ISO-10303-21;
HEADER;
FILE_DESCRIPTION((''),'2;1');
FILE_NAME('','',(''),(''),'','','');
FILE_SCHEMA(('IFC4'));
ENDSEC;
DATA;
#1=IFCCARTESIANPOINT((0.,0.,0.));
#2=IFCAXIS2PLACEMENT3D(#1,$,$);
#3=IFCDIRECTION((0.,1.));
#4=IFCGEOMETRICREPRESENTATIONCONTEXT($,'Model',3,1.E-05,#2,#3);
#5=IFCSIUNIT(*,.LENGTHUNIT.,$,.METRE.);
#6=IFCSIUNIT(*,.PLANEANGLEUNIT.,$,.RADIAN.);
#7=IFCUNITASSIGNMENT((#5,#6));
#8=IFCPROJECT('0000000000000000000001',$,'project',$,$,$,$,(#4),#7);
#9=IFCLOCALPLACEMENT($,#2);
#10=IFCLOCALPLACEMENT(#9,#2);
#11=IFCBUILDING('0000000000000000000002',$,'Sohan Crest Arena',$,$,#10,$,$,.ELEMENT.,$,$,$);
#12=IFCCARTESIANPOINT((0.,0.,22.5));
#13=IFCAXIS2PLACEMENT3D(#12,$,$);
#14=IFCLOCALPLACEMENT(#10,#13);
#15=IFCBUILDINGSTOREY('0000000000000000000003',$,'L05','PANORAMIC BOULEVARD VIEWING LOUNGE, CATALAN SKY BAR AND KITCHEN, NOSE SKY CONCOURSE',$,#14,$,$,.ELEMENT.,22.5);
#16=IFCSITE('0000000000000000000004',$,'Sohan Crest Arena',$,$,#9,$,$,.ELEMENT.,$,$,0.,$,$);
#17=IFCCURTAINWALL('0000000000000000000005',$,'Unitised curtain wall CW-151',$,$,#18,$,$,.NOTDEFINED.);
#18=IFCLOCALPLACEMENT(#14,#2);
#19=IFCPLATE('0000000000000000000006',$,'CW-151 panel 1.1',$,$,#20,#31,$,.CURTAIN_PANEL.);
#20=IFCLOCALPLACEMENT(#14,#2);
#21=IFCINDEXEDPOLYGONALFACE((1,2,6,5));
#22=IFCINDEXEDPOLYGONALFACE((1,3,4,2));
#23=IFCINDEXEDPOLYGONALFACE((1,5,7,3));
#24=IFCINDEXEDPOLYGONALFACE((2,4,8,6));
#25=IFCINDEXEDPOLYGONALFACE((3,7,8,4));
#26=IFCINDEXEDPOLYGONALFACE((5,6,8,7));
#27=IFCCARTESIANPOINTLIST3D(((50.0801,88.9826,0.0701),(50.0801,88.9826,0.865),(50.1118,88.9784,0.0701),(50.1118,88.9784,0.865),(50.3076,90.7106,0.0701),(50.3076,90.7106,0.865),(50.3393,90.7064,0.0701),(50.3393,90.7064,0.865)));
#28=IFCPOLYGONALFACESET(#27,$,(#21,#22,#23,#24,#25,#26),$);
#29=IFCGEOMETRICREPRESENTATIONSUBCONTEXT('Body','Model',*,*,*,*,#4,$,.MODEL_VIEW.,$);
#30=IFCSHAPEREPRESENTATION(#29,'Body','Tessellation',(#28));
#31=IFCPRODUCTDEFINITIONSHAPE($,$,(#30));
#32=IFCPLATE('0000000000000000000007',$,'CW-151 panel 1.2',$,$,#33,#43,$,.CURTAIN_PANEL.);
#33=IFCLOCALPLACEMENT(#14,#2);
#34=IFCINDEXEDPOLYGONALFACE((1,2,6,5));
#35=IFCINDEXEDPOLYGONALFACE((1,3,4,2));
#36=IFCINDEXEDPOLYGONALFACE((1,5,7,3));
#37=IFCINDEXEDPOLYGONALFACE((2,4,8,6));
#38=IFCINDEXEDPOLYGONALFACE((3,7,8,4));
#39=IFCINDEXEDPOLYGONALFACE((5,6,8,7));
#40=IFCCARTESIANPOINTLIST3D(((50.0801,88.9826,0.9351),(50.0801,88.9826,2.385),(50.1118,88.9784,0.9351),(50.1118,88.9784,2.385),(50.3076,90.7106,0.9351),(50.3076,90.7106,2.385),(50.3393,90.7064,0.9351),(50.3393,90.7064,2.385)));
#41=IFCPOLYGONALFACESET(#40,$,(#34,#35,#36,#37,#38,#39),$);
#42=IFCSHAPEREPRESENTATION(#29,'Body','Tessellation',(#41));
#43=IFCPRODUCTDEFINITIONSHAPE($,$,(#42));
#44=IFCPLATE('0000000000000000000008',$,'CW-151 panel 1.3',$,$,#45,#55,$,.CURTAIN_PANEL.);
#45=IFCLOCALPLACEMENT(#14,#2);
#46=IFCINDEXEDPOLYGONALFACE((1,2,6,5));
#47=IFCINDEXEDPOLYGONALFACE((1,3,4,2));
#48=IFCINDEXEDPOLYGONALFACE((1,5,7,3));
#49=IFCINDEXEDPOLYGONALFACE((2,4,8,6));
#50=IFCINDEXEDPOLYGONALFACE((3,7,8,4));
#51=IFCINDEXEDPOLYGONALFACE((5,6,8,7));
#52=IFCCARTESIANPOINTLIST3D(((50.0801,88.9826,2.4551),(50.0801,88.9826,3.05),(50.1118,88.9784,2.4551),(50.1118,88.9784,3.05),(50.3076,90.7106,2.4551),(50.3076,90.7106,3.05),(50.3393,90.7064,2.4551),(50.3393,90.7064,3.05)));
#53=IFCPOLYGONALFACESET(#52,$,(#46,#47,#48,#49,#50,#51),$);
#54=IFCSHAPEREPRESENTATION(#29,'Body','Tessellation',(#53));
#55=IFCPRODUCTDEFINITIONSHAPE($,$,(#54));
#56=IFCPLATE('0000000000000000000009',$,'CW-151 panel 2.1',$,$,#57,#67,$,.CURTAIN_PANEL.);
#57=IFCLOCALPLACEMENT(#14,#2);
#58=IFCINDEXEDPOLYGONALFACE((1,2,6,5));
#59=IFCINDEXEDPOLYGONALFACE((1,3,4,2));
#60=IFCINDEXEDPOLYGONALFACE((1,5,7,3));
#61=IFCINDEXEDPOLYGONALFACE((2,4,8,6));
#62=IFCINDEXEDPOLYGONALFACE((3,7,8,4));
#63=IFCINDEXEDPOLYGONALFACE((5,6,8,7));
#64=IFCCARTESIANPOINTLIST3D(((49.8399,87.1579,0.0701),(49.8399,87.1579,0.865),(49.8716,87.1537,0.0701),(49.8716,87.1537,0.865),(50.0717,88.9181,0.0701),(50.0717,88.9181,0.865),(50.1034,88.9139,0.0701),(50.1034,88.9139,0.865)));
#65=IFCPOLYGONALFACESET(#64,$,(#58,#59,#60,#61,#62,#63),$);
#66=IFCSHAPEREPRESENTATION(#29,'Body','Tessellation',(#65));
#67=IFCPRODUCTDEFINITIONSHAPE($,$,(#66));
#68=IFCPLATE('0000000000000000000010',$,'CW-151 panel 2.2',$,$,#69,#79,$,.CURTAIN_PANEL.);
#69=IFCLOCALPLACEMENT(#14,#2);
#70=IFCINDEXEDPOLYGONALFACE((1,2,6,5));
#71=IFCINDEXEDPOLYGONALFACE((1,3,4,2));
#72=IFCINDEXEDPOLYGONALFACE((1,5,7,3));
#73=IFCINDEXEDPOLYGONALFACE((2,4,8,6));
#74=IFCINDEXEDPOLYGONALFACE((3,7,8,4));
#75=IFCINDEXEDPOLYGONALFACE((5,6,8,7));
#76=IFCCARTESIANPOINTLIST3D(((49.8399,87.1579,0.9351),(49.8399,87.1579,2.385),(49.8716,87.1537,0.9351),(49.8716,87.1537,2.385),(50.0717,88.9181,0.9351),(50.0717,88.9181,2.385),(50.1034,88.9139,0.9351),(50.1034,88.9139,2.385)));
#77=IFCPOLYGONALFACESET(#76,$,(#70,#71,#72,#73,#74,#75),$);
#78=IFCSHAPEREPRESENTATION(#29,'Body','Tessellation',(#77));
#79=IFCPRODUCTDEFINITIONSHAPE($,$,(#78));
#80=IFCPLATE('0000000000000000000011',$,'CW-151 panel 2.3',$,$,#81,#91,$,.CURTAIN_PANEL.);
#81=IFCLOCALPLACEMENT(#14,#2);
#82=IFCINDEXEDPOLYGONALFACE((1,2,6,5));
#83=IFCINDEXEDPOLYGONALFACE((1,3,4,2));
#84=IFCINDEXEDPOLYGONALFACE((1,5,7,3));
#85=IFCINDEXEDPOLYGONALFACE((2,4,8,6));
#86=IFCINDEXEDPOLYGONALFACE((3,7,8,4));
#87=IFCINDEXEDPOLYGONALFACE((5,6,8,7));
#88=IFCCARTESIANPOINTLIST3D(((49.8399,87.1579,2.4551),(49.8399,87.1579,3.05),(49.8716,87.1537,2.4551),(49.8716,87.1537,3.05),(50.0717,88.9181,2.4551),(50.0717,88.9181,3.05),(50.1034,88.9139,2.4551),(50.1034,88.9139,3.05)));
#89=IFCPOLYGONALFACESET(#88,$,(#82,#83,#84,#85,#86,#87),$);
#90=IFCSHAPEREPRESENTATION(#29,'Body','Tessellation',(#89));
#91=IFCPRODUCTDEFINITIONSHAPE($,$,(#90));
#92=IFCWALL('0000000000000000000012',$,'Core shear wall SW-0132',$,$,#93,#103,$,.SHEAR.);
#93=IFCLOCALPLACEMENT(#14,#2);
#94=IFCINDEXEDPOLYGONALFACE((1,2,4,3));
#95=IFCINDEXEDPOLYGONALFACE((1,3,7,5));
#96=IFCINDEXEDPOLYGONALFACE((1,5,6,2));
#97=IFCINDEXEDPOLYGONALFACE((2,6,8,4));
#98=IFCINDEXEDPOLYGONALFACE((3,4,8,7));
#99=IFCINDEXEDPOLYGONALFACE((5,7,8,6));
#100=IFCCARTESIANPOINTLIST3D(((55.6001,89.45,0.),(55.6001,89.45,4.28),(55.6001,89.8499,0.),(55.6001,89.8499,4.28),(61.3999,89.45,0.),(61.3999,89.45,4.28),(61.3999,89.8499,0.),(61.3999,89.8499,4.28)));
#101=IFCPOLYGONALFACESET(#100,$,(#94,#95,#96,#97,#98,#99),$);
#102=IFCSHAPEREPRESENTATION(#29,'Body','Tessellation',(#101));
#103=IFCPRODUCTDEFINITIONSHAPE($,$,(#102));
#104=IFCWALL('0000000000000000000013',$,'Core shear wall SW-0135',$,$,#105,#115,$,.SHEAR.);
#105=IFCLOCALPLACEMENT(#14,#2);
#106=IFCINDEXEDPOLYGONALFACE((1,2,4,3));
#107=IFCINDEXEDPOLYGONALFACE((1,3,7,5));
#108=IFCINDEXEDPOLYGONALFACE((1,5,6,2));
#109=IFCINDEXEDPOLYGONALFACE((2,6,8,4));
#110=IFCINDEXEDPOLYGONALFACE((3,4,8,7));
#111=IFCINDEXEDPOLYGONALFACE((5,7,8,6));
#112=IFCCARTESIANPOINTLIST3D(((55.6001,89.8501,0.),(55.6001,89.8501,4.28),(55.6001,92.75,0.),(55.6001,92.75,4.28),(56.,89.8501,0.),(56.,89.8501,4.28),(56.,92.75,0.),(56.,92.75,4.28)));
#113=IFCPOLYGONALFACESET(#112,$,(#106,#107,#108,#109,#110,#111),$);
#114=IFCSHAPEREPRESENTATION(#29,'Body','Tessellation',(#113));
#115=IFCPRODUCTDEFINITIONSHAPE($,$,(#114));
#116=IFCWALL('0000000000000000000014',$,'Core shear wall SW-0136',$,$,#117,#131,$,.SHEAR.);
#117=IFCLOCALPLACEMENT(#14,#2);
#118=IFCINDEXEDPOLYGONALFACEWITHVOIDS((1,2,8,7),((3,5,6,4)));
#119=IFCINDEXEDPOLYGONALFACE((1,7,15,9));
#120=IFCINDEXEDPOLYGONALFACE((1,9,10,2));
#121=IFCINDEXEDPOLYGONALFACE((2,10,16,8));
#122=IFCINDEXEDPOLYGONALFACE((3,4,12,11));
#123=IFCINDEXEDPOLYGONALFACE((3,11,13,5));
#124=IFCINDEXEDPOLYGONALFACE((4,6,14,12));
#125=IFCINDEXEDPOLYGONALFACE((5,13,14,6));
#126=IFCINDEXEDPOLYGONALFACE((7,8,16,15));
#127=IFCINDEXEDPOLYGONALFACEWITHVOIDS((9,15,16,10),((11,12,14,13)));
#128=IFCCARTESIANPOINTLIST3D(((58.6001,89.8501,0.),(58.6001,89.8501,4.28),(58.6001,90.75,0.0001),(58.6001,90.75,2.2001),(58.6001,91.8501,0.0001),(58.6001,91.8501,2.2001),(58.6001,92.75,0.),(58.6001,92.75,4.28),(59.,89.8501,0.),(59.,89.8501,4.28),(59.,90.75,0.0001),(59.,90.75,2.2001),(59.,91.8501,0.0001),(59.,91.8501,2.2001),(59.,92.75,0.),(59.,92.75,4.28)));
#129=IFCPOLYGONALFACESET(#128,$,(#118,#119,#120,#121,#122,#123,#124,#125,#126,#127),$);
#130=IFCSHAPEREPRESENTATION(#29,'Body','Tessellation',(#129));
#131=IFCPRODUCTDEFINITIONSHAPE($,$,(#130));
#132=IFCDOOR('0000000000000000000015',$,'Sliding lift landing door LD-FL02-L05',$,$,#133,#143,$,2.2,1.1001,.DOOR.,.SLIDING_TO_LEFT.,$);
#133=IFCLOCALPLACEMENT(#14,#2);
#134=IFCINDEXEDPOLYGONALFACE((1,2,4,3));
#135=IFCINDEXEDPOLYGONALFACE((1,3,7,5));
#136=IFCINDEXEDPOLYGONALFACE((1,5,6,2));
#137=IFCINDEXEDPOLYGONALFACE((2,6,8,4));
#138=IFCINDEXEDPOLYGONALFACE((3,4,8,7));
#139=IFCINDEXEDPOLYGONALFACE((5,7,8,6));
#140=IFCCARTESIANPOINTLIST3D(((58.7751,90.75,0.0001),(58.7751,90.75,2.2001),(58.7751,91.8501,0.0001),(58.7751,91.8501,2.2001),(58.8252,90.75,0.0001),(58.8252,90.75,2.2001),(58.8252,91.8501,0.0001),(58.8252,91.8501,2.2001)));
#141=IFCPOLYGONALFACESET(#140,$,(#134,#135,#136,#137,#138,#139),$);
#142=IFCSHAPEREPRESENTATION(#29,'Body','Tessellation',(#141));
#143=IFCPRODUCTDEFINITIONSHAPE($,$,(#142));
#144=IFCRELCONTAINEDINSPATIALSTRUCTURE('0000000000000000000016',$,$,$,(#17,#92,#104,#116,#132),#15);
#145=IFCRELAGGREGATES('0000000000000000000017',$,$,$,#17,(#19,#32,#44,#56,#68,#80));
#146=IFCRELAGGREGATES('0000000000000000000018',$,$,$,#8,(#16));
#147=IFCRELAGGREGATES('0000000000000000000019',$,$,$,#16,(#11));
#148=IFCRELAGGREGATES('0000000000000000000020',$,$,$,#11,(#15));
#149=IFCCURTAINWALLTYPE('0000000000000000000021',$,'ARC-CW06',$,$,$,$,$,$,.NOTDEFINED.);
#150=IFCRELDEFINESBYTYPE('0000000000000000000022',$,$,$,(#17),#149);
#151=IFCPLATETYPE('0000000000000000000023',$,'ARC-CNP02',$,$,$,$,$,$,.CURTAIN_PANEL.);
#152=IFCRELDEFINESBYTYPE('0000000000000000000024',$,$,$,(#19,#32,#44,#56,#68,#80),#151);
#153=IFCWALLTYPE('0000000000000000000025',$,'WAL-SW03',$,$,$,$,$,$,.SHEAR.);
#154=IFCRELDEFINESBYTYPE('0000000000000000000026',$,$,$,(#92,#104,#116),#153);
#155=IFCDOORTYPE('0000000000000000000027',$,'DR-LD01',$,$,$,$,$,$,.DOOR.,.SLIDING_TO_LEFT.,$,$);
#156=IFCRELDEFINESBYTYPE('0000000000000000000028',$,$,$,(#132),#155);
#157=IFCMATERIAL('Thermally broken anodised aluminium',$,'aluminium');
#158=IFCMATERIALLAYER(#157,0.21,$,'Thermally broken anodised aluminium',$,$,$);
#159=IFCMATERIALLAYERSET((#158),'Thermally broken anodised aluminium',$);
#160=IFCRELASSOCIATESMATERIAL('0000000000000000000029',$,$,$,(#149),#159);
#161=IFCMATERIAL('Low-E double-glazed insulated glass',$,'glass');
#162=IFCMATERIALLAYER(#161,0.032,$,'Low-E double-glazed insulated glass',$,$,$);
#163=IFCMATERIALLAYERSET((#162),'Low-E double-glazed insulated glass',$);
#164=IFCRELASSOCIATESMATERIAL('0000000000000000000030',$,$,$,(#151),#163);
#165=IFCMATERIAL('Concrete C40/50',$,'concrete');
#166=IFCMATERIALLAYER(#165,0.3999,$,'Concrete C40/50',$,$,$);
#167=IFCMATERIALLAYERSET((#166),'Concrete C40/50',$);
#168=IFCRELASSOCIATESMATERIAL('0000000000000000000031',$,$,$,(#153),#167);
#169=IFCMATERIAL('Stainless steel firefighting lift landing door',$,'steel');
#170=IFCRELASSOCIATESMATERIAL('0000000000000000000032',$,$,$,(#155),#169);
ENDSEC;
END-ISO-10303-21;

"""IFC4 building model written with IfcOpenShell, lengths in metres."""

from ifc_helpers import new_model, si_unit, direction, frame, frame_2d, origin, origin_2d, place, context, subcontext, project, spatial, rectangle, extrude, material, layer, layer_set, type_object, element, fill, aggregate, save


model = new_model("IFC4")

# Units and contexts
model_context = context("Model", 3, precision=1e-05, world=origin(), true_north=direction((0.0, 1.0)))
body_context = subcontext(model_context, "Body", "Model", "MODEL_VIEW")
ifc_project = project(units=[si_unit("LENGTHUNIT", "METRE"), si_unit("PLANEANGLEUNIT", "RADIAN")], contexts=[model_context])

# Site, building, storey
site_placement = place(None, origin())
site = spatial("IfcSite", under=ifc_project, at=site_placement, Name="Sohan Crest Arena", CompositionType="ELEMENT", RefElevation=0.0)
building_placement = place(site_placement, origin())
building = spatial("IfcBuilding", under=site, at=building_placement, Name="Sohan Crest Arena", CompositionType="ELEMENT")
storey_placement = place(building_placement, frame((0.0, 0.0, 22.5)))
storey = spatial("IfcBuildingStorey", under=building, at=storey_placement, Name="L05", Description="PANORAMIC BOULEVARD VIEWING LOUNGE, CATALAN SKY BAR AND KITCHEN, NOSE SKY CONCOURSE", CompositionType="ELEMENT", Elevation=22.5)

# Curtain wall
ifc_material_1 = material(Name="Thermally broken anodised aluminium", Category="aluminium")
ifc_layer_1 = layer(ifc_material_1, 0.21, Name="Thermally broken anodised aluminium")
ifc_layer_set_1 = layer_set([ifc_layer_1], Name="Thermally broken anodised aluminium")
curtain_wall_type = type_object("IfcCurtainWallType", Name="ARC-CW06", PredefinedType="NOTDEFINED", material=ifc_layer_set_1)
curtain_wall_placement = place(storey_placement, origin())
curtain_wall = element("IfcCurtainWall", 1, at=curtain_wall_placement, inside=storey, type_object=curtain_wall_type, Name="Unitised curtain wall CW-151", PredefinedType="NOTDEFINED")

# Plates
ifc_material_2 = material(Name="Low-E double-glazed insulated glass", Category="glass")
ifc_layer_2 = layer(ifc_material_2, 0.032, Name="Low-E double-glazed insulated glass")
ifc_layer_set_2 = layer_set([ifc_layer_2], Name="Low-E double-glazed insulated glass")
plate_type = type_object("IfcPlateType", Name="ARC-CNP02", PredefinedType="CURTAIN_PANEL", material=ifc_layer_set_2)
plate_1_placement = place(storey_placement, frame((50.2097, 89.8445, 0.0701), z_axis=(0.0, 0.0, 1.0), x_axis=(-0.130557, -0.991441, 0.0)))
plate_1 = element("IfcPlate", 2, at=plate_1_placement, type_object=plate_type, Name="CW-151 panel 1.1", PredefinedType="CURTAIN_PANEL", context=body_context, shape_type="SweptSolid", body=[
    extrude(rectangle(XDim=1.7429, YDim=0.032, at=origin_2d()), origin(), (0.0, 0.0, 1.0), 0.7949),
])
plate_2_placement = place(storey_placement, frame((50.2097, 89.8445, 0.9351), z_axis=(0.0, 0.0, 1.0), x_axis=(-0.130557, -0.991441, 0.0)))
plate_2 = element("IfcPlate", 3, at=plate_2_placement, type_object=plate_type, Name="CW-151 panel 1.2", PredefinedType="CURTAIN_PANEL", context=body_context, shape_type="SweptSolid", body=[
    extrude(rectangle(XDim=1.7429, YDim=0.032, at=origin_2d()), origin(), (0.0, 0.0, 1.0), 1.45),
])
plate_3_placement = place(storey_placement, frame((50.2097, 89.8445, 2.4551), z_axis=(0.0, 0.0, 1.0), x_axis=(-0.130557, -0.991441, 0.0)))
plate_3 = element("IfcPlate", 4, at=plate_3_placement, type_object=plate_type, Name="CW-151 panel 1.3", PredefinedType="CURTAIN_PANEL", context=body_context, shape_type="SweptSolid", body=[
    extrude(rectangle(XDim=1.7429, YDim=0.032, at=origin_2d()), origin(), (0.0, 0.0, 1.0), 0.595),
])
plate_4_placement = place(storey_placement, frame((49.9717, 88.0359, 0.0701), z_axis=(0.0, 0.0, 1.0), x_axis=(-0.130557, -0.991441, 0.0)))
plate_4 = element("IfcPlate", 5, at=plate_4_placement, type_object=plate_type, Name="CW-151 panel 2.1", PredefinedType="CURTAIN_PANEL", context=body_context, shape_type="SweptSolid", body=[
    extrude(rectangle(XDim=1.7754, YDim=0.032, at=origin_2d()), origin(), (0.0, 0.0, 1.0), 0.7949),
])
plate_5_placement = place(storey_placement, frame((49.9717, 88.0359, 0.9351), z_axis=(0.0, 0.0, 1.0), x_axis=(-0.130557, -0.991441, 0.0)))
plate_5 = element("IfcPlate", 6, at=plate_5_placement, type_object=plate_type, Name="CW-151 panel 2.2", PredefinedType="CURTAIN_PANEL", context=body_context, shape_type="SweptSolid", body=[
    extrude(rectangle(XDim=1.7754, YDim=0.032, at=origin_2d()), origin(), (0.0, 0.0, 1.0), 1.45),
])
plate_6_placement = place(storey_placement, frame((49.9717, 88.0359, 2.4551), z_axis=(0.0, 0.0, 1.0), x_axis=(-0.130557, -0.991441, 0.0)))
plate_6 = element("IfcPlate", 7, at=plate_6_placement, type_object=plate_type, Name="CW-151 panel 2.3", PredefinedType="CURTAIN_PANEL", context=body_context, shape_type="SweptSolid", body=[
    extrude(rectangle(XDim=1.7754, YDim=0.032, at=origin_2d()), origin(), (0.0, 0.0, 1.0), 0.595),
])
aggregate(curtain_wall, [plate_1, plate_2, plate_3, plate_4, plate_5, plate_6])

# Walls
ifc_material_3 = material(Name="Concrete C40/50", Category="concrete")
ifc_layer_3 = layer(ifc_material_3, 0.3999, Name="Concrete C40/50")
ifc_layer_set_3 = layer_set([ifc_layer_3], Name="Concrete C40/50")
wall_type = type_object("IfcWallType", Name="WAL-SW03", PredefinedType="SHEAR", material=ifc_layer_set_3)
wall_1_placement = place(storey_placement, frame((55.6001, 89.6499, 0.0), z_axis=(0.0, 0.0, 1.0), x_axis=(1.0, 0.0, 0.0)))
element("IfcWall", 8, at=wall_1_placement, inside=storey, type_object=wall_type, Name="Core shear wall SW-0132", PredefinedType="SHEAR", context=body_context, shape_type="SweptSolid", body=[
    extrude(rectangle(XDim=5.7998, YDim=0.3999, at=frame_2d((2.8999, 0.0))), origin(), (0.0, 0.0, 1.0), 4.28),
])
wall_2_placement = place(storey_placement, frame((55.8, 89.8501, 0.0), z_axis=(0.0, 0.0, 1.0), x_axis=(0.0, 1.0, 0.0)))
element("IfcWall", 9, at=wall_2_placement, inside=storey, type_object=wall_type, Name="Core shear wall SW-0135", PredefinedType="SHEAR", context=body_context, shape_type="SweptSolid", body=[
    extrude(rectangle(XDim=2.8999, YDim=0.3999, at=frame_2d((1.45, 0.0))), origin(), (0.0, 0.0, 1.0), 4.28),
])

# Wall, opening, door
wall_3_placement = place(storey_placement, frame((58.8, 89.8501, 0.0), z_axis=(0.0, 0.0, 1.0), x_axis=(0.0, 1.0, 0.0)))
wall_3 = element("IfcWall", 10, at=wall_3_placement, inside=storey, type_object=wall_type, Name="Core shear wall SW-0136", PredefinedType="SHEAR", context=body_context, shape_type="SweptSolid", body=[
    extrude(rectangle(XDim=2.8999, YDim=0.3999, at=frame_2d((1.45, 0.0))), origin(), (0.0, 0.0, 1.0), 4.28),
])
opening_placement = place(wall_3_placement, frame((0.8999, 0.0, 0.0)))
opening = element("IfcOpeningElement", 11, at=opening_placement, cuts=wall_3, PredefinedType="OPENING", context=body_context, shape_type="SweptSolid", body=[
    extrude(rectangle(XDim=1.1001, YDim=2.2, at=frame_2d((0.55, 1.1001))), frame((0.0, 0.21, 0.0), z_axis=(0.0, -1.0, 0.0), x_axis=(1.0, 0.0, 0.0)), (0.0, 0.0, 1.0), 0.4199),
])
ifc_material_4 = material(Name="Stainless steel firefighting lift landing door", Category="steel")
door_type = type_object("IfcDoorType", Name="DR-LD01", OperationType="SLIDING_TO_LEFT", PredefinedType="DOOR", material=ifc_material_4)
door_placement = place(opening_placement, origin())
door = element("IfcDoor", 12, at=door_placement, inside=storey, type_object=door_type, Name="Sliding lift landing door LD-FL02-L05", OperationType="SLIDING_TO_LEFT", OverallHeight=2.2, OverallWidth=1.1001, PredefinedType="DOOR", context=body_context, shape_type="SweptSolid", body=[
    extrude(rectangle(XDim=1.1001, YDim=2.2, at=frame_2d((0.55, 1.1001))), frame((0.0, 0.0249, 0.0), z_axis=(0.0, -1.0, 0.0), x_axis=(1.0, 0.0, 0.0)), (0.0, 0.0, 1.0), 0.05),
])
fill(opening, door)

save(model, "model.ifc")
